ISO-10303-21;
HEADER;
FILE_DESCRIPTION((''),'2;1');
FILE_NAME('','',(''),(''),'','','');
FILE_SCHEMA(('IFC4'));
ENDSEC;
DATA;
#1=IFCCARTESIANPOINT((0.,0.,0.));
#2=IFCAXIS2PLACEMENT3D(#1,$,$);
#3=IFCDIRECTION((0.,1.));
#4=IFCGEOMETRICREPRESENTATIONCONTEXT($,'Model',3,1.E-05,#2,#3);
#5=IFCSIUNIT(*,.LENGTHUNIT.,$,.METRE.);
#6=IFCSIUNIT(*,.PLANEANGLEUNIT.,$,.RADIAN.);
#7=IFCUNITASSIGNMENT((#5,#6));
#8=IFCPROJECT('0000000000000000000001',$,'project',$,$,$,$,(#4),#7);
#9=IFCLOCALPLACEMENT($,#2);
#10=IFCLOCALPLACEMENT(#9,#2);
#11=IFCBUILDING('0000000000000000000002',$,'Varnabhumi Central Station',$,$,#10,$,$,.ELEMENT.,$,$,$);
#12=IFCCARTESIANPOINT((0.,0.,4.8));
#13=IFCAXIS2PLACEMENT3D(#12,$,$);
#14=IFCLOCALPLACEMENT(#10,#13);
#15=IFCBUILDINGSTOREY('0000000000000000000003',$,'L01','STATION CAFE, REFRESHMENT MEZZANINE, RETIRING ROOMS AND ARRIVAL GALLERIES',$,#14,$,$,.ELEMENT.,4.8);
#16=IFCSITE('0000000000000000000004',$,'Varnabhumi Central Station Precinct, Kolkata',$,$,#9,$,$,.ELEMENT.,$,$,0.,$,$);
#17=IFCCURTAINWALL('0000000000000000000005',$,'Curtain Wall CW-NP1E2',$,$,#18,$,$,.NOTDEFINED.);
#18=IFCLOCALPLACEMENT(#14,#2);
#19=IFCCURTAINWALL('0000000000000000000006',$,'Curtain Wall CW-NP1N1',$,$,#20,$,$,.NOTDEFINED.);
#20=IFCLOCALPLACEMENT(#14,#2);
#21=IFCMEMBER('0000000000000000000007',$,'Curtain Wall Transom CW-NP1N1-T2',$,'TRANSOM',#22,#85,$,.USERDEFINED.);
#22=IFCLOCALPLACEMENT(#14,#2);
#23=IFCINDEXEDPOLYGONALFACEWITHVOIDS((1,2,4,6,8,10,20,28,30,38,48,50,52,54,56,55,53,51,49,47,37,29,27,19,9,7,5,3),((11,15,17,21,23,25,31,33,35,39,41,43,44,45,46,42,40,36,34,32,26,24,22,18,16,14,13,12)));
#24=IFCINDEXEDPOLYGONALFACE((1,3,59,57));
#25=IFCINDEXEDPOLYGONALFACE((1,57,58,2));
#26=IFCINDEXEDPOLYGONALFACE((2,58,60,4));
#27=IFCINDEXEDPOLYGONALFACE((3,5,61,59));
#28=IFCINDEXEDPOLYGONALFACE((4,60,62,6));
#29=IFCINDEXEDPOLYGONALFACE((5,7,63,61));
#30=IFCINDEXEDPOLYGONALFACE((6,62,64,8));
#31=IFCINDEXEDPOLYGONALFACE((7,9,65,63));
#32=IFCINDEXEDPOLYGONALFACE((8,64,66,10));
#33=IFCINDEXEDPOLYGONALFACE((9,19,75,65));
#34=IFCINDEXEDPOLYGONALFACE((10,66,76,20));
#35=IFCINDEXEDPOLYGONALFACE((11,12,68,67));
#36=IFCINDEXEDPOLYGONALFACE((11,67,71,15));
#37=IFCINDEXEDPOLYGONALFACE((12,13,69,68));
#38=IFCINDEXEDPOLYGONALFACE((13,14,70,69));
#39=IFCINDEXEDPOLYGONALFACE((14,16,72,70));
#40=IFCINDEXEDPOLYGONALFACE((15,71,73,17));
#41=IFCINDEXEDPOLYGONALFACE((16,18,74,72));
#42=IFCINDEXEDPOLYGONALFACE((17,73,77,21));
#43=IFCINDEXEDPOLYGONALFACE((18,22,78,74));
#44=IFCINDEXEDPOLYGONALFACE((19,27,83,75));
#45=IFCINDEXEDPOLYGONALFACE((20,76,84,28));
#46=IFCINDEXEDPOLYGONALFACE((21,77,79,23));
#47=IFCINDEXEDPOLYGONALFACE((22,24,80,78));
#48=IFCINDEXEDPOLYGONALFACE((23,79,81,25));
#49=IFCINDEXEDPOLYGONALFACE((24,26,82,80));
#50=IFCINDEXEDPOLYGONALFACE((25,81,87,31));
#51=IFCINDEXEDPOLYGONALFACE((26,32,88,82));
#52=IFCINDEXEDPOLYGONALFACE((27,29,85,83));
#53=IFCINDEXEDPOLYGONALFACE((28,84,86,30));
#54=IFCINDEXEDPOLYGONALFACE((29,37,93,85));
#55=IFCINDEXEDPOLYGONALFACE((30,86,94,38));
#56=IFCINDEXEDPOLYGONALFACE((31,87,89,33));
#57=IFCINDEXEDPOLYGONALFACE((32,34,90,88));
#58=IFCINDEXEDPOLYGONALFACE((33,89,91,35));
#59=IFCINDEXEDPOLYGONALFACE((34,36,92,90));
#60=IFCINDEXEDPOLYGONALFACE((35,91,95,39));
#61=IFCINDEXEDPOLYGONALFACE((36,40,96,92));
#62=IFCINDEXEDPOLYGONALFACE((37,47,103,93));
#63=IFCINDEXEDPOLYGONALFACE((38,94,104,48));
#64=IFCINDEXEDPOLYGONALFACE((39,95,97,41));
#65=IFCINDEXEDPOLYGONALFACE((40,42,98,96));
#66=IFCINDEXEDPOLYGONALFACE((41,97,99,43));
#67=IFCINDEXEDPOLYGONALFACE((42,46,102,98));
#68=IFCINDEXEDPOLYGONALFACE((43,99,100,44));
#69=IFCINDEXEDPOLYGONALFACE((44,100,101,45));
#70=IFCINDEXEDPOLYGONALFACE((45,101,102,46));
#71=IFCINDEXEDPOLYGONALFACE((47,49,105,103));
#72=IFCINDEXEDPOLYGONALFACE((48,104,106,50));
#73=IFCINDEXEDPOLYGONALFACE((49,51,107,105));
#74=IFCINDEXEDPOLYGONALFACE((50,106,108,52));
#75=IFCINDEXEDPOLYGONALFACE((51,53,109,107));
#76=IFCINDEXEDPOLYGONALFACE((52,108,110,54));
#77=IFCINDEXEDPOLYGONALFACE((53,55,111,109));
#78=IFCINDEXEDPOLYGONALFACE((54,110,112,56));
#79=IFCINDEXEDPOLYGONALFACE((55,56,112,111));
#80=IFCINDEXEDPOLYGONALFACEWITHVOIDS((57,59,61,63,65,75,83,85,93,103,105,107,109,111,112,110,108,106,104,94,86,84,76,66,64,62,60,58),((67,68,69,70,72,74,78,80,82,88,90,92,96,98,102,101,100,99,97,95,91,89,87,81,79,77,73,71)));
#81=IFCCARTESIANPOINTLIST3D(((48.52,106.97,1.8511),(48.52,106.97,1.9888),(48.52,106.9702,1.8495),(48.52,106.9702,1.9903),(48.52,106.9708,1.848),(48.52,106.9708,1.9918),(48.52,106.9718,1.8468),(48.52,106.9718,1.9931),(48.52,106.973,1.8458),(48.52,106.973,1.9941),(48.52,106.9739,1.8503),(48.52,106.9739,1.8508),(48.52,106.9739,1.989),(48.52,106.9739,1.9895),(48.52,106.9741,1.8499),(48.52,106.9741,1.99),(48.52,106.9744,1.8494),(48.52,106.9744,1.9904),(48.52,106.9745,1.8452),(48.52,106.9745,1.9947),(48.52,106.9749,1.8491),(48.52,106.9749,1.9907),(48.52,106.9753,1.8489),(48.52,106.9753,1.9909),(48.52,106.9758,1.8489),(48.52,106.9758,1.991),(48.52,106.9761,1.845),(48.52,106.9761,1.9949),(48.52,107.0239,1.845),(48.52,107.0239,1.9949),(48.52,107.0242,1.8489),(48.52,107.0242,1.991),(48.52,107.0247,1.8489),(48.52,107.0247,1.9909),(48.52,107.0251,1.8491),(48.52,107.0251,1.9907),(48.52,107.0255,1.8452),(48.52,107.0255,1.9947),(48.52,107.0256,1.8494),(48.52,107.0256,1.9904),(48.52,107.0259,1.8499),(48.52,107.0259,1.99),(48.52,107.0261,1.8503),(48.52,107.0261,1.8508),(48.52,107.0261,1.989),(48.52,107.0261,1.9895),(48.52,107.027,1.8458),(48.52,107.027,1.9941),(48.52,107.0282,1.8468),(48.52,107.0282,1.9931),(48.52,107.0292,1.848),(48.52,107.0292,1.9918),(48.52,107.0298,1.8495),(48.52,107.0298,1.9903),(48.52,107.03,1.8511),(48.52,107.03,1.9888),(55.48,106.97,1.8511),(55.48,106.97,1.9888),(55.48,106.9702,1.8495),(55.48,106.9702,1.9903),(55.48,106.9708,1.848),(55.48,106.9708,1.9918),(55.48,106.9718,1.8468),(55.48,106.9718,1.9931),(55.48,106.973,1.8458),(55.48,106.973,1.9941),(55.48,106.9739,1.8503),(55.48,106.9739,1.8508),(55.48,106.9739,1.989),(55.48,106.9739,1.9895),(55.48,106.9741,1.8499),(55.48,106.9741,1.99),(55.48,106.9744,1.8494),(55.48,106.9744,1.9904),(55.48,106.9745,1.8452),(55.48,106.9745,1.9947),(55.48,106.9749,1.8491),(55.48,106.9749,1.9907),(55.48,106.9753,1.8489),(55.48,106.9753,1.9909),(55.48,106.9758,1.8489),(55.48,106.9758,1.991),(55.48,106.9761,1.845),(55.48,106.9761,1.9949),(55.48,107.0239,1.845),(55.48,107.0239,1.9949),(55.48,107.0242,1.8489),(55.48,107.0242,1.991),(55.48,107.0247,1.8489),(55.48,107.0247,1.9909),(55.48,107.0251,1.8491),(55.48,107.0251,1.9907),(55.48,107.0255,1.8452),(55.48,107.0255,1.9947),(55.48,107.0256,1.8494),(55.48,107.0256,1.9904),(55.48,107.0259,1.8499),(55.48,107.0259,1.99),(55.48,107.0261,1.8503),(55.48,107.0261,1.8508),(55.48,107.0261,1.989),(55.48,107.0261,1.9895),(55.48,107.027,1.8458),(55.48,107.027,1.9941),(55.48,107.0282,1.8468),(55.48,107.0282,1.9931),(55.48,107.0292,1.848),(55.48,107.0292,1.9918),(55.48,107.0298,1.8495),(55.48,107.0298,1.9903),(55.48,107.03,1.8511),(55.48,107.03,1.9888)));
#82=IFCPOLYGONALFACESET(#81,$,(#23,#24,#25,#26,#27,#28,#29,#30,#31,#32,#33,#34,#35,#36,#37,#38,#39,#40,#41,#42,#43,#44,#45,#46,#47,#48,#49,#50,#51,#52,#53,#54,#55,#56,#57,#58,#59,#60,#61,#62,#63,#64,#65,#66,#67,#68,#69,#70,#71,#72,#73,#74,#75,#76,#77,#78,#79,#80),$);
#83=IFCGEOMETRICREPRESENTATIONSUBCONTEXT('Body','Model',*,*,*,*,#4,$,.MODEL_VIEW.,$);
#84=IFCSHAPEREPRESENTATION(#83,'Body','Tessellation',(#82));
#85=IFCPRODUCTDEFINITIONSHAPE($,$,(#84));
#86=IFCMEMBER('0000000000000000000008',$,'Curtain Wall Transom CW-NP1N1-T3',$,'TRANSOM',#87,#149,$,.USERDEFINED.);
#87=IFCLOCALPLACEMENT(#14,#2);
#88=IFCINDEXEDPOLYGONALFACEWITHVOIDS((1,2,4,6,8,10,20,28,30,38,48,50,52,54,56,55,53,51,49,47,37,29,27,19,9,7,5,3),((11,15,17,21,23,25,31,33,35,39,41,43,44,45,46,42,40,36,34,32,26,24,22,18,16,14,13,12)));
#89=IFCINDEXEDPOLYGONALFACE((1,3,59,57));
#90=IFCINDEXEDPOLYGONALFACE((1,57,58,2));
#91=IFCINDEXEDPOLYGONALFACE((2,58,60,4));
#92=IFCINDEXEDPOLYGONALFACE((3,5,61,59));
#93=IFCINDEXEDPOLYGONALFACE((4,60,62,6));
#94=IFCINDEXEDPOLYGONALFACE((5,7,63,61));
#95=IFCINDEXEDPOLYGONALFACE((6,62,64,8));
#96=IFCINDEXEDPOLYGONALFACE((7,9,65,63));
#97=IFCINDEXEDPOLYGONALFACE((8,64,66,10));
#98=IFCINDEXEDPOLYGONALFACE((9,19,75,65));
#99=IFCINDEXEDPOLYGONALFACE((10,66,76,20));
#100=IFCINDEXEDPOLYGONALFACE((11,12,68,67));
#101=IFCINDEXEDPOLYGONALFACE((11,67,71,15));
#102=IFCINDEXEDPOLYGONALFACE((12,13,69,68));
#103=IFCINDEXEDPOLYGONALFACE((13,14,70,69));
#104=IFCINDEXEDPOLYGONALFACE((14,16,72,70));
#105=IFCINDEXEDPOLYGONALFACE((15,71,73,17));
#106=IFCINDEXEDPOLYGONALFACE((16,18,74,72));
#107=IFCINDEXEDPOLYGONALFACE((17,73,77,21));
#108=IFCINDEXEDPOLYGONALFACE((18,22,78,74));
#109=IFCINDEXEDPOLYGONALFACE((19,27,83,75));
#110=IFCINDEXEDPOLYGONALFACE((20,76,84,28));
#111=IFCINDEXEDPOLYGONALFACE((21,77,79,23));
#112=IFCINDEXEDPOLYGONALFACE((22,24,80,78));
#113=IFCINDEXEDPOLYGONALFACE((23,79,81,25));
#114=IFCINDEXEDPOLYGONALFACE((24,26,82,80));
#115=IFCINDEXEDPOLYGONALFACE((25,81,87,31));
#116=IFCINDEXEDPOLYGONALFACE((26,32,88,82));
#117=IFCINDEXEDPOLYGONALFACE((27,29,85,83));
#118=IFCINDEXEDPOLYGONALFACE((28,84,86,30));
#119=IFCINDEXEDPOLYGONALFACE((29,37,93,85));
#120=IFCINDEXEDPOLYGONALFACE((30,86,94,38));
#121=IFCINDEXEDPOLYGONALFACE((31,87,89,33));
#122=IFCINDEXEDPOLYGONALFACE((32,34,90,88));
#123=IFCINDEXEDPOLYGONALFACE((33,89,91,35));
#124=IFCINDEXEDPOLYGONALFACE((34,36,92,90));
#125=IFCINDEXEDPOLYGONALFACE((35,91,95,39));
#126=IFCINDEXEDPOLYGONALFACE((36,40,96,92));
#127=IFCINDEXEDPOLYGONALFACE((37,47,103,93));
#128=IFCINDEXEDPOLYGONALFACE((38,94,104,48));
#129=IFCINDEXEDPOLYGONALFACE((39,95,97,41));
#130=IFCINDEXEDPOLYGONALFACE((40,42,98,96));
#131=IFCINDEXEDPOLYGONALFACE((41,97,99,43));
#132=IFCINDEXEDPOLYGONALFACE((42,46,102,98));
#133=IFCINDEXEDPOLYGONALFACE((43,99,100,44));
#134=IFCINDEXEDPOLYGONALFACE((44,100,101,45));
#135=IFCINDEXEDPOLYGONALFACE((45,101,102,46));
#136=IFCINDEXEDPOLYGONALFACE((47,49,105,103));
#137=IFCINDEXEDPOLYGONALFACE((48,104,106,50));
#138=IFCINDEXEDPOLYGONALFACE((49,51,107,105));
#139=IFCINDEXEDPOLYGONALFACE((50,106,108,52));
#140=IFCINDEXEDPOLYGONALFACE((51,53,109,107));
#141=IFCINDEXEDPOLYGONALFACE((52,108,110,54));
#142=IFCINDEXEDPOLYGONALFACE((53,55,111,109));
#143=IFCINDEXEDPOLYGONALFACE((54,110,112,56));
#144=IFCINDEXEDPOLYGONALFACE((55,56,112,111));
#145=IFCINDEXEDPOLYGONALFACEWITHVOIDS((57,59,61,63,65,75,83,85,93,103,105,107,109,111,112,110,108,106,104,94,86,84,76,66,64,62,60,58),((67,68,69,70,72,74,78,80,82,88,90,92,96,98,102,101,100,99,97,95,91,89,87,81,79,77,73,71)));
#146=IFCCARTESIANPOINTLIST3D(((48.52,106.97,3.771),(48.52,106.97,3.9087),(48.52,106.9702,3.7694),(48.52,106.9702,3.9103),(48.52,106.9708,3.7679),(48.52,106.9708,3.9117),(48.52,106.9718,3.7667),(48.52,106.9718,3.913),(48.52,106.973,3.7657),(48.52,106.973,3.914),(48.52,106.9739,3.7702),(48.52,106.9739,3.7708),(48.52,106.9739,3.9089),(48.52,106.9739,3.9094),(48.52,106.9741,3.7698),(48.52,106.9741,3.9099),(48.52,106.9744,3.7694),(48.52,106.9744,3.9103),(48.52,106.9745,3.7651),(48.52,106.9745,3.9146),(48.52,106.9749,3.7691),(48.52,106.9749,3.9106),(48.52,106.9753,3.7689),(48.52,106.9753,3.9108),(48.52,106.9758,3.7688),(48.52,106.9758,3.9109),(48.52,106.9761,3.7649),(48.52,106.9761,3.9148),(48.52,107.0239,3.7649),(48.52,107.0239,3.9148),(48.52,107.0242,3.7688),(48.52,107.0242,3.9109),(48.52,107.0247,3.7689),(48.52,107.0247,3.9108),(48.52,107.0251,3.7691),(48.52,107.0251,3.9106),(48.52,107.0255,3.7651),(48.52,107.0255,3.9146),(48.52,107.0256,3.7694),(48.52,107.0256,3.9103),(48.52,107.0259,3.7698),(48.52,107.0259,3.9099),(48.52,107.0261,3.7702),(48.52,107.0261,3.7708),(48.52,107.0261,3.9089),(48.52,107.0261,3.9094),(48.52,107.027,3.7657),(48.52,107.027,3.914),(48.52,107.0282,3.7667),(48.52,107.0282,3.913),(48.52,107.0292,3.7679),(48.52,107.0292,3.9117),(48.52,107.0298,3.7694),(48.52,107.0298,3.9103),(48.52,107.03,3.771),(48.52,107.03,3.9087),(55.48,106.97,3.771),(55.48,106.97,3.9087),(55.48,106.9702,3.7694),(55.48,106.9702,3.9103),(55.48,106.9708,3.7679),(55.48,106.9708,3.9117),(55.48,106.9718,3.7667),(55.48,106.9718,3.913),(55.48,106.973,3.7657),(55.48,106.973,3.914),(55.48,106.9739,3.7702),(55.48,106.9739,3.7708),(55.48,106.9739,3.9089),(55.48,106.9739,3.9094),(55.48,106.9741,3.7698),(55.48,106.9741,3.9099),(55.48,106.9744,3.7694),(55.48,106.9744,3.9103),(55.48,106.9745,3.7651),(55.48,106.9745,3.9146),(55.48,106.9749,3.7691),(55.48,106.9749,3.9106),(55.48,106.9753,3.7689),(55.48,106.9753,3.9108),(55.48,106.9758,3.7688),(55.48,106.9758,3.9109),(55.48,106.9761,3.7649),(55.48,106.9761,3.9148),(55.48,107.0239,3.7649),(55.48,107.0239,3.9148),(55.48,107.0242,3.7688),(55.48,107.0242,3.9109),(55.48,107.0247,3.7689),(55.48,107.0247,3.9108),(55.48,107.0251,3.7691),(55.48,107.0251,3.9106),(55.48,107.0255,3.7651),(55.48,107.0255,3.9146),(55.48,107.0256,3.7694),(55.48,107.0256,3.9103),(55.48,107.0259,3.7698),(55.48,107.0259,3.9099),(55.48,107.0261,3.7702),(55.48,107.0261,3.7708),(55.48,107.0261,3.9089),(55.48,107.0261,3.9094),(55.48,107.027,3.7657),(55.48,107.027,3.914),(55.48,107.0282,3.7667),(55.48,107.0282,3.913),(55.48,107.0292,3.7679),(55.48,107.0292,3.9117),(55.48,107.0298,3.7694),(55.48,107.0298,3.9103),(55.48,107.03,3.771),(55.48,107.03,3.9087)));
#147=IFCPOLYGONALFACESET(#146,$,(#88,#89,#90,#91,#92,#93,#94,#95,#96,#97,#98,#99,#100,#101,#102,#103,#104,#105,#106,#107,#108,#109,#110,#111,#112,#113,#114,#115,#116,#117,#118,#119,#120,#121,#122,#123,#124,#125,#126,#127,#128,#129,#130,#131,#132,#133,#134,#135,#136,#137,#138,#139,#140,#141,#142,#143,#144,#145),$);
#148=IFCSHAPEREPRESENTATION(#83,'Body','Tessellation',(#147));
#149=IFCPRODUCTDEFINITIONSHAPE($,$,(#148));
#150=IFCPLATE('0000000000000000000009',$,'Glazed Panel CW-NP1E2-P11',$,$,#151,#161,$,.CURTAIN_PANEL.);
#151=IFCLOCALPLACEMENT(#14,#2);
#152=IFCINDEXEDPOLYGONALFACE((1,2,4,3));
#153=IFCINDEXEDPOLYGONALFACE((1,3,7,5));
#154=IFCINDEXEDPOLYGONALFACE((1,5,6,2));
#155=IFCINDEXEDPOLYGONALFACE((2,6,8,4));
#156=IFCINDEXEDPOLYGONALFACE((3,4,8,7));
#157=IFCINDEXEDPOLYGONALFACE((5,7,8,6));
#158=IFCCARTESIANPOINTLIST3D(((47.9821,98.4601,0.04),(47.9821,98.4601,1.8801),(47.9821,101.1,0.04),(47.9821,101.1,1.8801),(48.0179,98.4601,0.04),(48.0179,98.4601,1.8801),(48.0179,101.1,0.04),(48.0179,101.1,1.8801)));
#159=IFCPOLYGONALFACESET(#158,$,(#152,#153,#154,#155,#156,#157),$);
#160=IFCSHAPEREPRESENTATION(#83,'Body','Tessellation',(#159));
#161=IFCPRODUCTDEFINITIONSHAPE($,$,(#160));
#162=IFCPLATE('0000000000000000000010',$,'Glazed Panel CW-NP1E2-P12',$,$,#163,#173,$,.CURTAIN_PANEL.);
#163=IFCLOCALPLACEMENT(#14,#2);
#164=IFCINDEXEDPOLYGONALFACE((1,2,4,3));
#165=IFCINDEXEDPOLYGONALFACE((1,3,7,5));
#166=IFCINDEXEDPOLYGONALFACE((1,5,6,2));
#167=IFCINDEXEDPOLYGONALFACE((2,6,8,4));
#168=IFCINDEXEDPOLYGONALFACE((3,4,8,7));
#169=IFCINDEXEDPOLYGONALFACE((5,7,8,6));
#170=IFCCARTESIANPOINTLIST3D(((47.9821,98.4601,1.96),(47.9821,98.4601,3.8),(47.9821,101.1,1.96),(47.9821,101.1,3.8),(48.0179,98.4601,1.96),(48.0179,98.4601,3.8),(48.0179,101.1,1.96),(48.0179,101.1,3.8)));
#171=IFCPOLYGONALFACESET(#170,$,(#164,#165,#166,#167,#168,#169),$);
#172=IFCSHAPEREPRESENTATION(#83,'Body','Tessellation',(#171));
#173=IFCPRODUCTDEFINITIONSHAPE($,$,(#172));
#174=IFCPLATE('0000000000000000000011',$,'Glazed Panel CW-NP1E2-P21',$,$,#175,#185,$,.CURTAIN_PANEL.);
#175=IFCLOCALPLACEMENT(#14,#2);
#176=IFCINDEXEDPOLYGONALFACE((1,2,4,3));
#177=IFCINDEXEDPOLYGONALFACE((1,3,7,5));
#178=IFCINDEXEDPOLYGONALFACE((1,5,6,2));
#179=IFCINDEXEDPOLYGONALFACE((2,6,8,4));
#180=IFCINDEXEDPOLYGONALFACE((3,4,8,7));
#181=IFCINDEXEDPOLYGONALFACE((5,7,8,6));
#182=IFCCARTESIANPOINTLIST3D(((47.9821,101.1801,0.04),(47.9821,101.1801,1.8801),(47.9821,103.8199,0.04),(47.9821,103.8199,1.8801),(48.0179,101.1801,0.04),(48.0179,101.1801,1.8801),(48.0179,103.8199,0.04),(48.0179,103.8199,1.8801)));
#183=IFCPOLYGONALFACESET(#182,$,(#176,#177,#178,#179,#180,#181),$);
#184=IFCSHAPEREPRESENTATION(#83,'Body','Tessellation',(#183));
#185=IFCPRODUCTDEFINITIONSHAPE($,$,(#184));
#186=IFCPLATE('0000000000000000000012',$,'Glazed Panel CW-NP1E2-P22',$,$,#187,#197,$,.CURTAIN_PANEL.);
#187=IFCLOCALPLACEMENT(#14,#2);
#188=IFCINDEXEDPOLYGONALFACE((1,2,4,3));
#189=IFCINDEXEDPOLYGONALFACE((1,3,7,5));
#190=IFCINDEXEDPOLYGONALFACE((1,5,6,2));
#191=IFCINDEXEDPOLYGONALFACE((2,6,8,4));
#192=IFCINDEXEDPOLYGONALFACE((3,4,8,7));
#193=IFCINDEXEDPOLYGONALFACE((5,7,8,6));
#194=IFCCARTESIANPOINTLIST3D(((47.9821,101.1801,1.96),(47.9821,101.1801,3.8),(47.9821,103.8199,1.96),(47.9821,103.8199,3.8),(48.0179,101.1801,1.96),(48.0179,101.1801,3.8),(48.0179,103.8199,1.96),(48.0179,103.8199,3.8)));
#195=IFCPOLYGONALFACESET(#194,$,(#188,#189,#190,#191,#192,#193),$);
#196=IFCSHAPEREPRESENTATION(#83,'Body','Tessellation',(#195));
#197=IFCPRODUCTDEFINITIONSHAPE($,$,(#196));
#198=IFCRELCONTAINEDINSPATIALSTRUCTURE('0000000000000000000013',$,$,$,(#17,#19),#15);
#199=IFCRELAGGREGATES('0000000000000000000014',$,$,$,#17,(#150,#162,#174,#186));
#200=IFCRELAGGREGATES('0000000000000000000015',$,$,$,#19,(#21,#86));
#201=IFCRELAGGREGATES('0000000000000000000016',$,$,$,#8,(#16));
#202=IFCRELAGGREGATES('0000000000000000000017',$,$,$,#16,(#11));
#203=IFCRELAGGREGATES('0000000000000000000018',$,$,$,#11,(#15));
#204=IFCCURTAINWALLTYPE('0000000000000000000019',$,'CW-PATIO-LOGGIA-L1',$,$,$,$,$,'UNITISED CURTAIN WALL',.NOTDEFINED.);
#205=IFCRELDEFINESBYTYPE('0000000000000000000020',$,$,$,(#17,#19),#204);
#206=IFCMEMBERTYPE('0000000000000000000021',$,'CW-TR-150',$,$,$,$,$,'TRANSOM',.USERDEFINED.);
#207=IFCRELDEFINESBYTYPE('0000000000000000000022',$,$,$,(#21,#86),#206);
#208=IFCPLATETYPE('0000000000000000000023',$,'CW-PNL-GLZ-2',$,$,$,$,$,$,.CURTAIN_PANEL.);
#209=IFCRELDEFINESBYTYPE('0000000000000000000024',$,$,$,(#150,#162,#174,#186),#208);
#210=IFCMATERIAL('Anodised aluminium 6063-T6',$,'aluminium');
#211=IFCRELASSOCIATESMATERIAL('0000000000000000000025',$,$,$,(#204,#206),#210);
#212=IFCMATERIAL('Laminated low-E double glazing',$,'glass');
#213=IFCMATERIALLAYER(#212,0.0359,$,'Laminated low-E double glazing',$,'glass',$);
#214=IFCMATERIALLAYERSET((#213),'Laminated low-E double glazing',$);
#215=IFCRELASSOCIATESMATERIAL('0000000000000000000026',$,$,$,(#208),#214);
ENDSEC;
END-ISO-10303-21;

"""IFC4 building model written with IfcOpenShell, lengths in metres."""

from ifc_helpers import new_model, si_unit, direction, frame, origin, origin_2d, place, context, subcontext, project, spatial, rectangle, hollow_rectangle, extrude, material, layer, layer_set, material_profile, profile_set, type_object, element, aggregate, save


model = new_model("IFC4")

# Units and contexts
model_context = context("Model", 3, precision=1e-05, world=origin(), true_north=direction((0.0, 1.0)))
body_context = subcontext(model_context, "Body", "Model", "MODEL_VIEW")
ifc_project = project(units=[si_unit("LENGTHUNIT", "METRE"), si_unit("PLANEANGLEUNIT", "RADIAN")], contexts=[model_context])

# Site, building, storey
site_placement = place(None, origin())
site = spatial("IfcSite", under=ifc_project, at=site_placement, Name="Varnabhumi Central Station Precinct, Kolkata", CompositionType="ELEMENT", RefElevation=0.0)
building_placement = place(site_placement, origin())
building = spatial("IfcBuilding", under=site, at=building_placement, Name="Varnabhumi Central Station", CompositionType="ELEMENT")
storey_placement = place(building_placement, frame((0.0, 0.0, 4.8)))
storey = spatial("IfcBuildingStorey", under=building, at=storey_placement, Name="L01", Description="STATION CAFE, REFRESHMENT MEZZANINE, RETIRING ROOMS AND ARRIVAL GALLERIES", CompositionType="ELEMENT", Elevation=4.8)

# Curtain walls
ifc_material_1 = material(Name="Anodised aluminium 6063-T6", Category="aluminium")
curtain_wall_type = type_object("IfcCurtainWallType", Name="CW-PATIO-LOGGIA-L1", ElementType="UNITISED CURTAIN WALL", PredefinedType="NOTDEFINED", material=ifc_material_1)
curtain_wall_1_placement = place(storey_placement, origin())
curtain_wall_1 = element("IfcCurtainWall", 1, at=curtain_wall_1_placement, inside=storey, type_object=curtain_wall_type, Name="Curtain Wall CW-NP1E2", PredefinedType="NOTDEFINED")
curtain_wall_2_placement = place(storey_placement, origin())
curtain_wall_2 = element("IfcCurtainWall", 2, at=curtain_wall_2_placement, inside=storey, type_object=curtain_wall_type, Name="Curtain Wall CW-NP1N1", PredefinedType="NOTDEFINED")

# Members
ifc_material_profile_1 = material_profile(ifc_material_1, hollow_rectangle(XDim=0.0601, YDim=0.1499, WallThickness=0.0039, InnerFilletRadius=0.002, OuterFilletRadius=0.0061, at=origin_2d()), Name="Anodised aluminium 6063-T6", Category="aluminium")
ifc_profile_set_1 = profile_set([ifc_material_profile_1], Name="Anodised aluminium 6063-T6")
member_type_1 = type_object("IfcMemberType", Name="CW-TR-150", ElementType="TRANSOM", PredefinedType="USERDEFINED", material=ifc_profile_set_1)
member_1_placement = place(storey_placement, frame((48.52, 107.0, 1.9199), z_axis=(1.0, 0.0, 0.0), x_axis=(0.0, 1.0, 0.0)))
member_1 = element("IfcMember", 3, at=member_1_placement, type_object=member_type_1, Name="Curtain Wall Transom CW-NP1N1-T2", ObjectType="TRANSOM", PredefinedType="USERDEFINED", context=body_context, shape_type="SweptSolid", body=[
    extrude(hollow_rectangle(XDim=0.0601, YDim=0.1499, WallThickness=0.0039, InnerFilletRadius=0.002, OuterFilletRadius=0.0061, at=origin_2d()), origin(), (0.0, 0.0, 1.0), 6.96),
])
member_2_placement = place(storey_placement, frame((48.52, 107.0, 3.8398), z_axis=(1.0, 0.0, 0.0), x_axis=(0.0, 1.0, 0.0)))
member_2 = element("IfcMember", 4, at=member_2_placement, type_object=member_type_1, Name="Curtain Wall Transom CW-NP1N1-T3", ObjectType="TRANSOM", PredefinedType="USERDEFINED", context=body_context, shape_type="SweptSolid", body=[
    extrude(hollow_rectangle(XDim=0.0601, YDim=0.1499, WallThickness=0.0039, InnerFilletRadius=0.002, OuterFilletRadius=0.0061, at=origin_2d()), origin(), (0.0, 0.0, 1.0), 6.96),
])

# Plates
ifc_material_2 = material(Name="Laminated low-E double glazing", Category="glass")
ifc_layer_1 = layer(ifc_material_2, 0.0359, Name="Laminated low-E double glazing", Category="glass")
ifc_layer_set_1 = layer_set([ifc_layer_1], Name="Laminated low-E double glazing")
plate_type = type_object("IfcPlateType", Name="CW-PNL-GLZ-2", PredefinedType="CURTAIN_PANEL", material=ifc_layer_set_1)
plate_1_placement = place(storey_placement, frame((48.0, 99.78, 0.04), z_axis=(0.0, 0.0, 1.0), x_axis=(0.0, 1.0, 0.0)))
plate_1 = element("IfcPlate", 5, at=plate_1_placement, type_object=plate_type, Name="Glazed Panel CW-NP1E2-P11", PredefinedType="CURTAIN_PANEL", context=body_context, shape_type="SweptSolid", body=[
    extrude(rectangle(XDim=2.6399, YDim=0.0359, at=origin_2d()), origin(), (0.0, 0.0, 1.0), 1.8401),
])
plate_2_placement = place(storey_placement, frame((48.0, 99.78, 1.96), z_axis=(0.0, 0.0, 1.0), x_axis=(0.0, 1.0, 0.0)))
plate_2 = element("IfcPlate", 6, at=plate_2_placement, type_object=plate_type, Name="Glazed Panel CW-NP1E2-P12", PredefinedType="CURTAIN_PANEL", context=body_context, shape_type="SweptSolid", body=[
    extrude(rectangle(XDim=2.6399, YDim=0.0359, at=origin_2d()), origin(), (0.0, 0.0, 1.0), 1.8401),
])
plate_3_placement = place(storey_placement, frame((48.0, 102.5, 0.04), z_axis=(0.0, 0.0, 1.0), x_axis=(0.0, 1.0, 0.0)))
plate_3 = element("IfcPlate", 7, at=plate_3_placement, type_object=plate_type, Name="Glazed Panel CW-NP1E2-P21", PredefinedType="CURTAIN_PANEL", context=body_context, shape_type="SweptSolid", body=[
    extrude(rectangle(XDim=2.6399, YDim=0.0359, at=origin_2d()), origin(), (0.0, 0.0, 1.0), 1.8401),
])
plate_4_placement = place(storey_placement, frame((48.0, 102.5, 1.96), z_axis=(0.0, 0.0, 1.0), x_axis=(0.0, 1.0, 0.0)))
plate_4 = element("IfcPlate", 8, at=plate_4_placement, type_object=plate_type, Name="Glazed Panel CW-NP1E2-P22", PredefinedType="CURTAIN_PANEL", context=body_context, shape_type="SweptSolid", body=[
    extrude(rectangle(XDim=2.6399, YDim=0.0359, at=origin_2d()), origin(), (0.0, 0.0, 1.0), 1.8401),
])
aggregate(curtain_wall_1, [plate_1, plate_2, plate_3, plate_4])
aggregate(curtain_wall_2, [member_1, member_2])

save(model, "model.ifc")
